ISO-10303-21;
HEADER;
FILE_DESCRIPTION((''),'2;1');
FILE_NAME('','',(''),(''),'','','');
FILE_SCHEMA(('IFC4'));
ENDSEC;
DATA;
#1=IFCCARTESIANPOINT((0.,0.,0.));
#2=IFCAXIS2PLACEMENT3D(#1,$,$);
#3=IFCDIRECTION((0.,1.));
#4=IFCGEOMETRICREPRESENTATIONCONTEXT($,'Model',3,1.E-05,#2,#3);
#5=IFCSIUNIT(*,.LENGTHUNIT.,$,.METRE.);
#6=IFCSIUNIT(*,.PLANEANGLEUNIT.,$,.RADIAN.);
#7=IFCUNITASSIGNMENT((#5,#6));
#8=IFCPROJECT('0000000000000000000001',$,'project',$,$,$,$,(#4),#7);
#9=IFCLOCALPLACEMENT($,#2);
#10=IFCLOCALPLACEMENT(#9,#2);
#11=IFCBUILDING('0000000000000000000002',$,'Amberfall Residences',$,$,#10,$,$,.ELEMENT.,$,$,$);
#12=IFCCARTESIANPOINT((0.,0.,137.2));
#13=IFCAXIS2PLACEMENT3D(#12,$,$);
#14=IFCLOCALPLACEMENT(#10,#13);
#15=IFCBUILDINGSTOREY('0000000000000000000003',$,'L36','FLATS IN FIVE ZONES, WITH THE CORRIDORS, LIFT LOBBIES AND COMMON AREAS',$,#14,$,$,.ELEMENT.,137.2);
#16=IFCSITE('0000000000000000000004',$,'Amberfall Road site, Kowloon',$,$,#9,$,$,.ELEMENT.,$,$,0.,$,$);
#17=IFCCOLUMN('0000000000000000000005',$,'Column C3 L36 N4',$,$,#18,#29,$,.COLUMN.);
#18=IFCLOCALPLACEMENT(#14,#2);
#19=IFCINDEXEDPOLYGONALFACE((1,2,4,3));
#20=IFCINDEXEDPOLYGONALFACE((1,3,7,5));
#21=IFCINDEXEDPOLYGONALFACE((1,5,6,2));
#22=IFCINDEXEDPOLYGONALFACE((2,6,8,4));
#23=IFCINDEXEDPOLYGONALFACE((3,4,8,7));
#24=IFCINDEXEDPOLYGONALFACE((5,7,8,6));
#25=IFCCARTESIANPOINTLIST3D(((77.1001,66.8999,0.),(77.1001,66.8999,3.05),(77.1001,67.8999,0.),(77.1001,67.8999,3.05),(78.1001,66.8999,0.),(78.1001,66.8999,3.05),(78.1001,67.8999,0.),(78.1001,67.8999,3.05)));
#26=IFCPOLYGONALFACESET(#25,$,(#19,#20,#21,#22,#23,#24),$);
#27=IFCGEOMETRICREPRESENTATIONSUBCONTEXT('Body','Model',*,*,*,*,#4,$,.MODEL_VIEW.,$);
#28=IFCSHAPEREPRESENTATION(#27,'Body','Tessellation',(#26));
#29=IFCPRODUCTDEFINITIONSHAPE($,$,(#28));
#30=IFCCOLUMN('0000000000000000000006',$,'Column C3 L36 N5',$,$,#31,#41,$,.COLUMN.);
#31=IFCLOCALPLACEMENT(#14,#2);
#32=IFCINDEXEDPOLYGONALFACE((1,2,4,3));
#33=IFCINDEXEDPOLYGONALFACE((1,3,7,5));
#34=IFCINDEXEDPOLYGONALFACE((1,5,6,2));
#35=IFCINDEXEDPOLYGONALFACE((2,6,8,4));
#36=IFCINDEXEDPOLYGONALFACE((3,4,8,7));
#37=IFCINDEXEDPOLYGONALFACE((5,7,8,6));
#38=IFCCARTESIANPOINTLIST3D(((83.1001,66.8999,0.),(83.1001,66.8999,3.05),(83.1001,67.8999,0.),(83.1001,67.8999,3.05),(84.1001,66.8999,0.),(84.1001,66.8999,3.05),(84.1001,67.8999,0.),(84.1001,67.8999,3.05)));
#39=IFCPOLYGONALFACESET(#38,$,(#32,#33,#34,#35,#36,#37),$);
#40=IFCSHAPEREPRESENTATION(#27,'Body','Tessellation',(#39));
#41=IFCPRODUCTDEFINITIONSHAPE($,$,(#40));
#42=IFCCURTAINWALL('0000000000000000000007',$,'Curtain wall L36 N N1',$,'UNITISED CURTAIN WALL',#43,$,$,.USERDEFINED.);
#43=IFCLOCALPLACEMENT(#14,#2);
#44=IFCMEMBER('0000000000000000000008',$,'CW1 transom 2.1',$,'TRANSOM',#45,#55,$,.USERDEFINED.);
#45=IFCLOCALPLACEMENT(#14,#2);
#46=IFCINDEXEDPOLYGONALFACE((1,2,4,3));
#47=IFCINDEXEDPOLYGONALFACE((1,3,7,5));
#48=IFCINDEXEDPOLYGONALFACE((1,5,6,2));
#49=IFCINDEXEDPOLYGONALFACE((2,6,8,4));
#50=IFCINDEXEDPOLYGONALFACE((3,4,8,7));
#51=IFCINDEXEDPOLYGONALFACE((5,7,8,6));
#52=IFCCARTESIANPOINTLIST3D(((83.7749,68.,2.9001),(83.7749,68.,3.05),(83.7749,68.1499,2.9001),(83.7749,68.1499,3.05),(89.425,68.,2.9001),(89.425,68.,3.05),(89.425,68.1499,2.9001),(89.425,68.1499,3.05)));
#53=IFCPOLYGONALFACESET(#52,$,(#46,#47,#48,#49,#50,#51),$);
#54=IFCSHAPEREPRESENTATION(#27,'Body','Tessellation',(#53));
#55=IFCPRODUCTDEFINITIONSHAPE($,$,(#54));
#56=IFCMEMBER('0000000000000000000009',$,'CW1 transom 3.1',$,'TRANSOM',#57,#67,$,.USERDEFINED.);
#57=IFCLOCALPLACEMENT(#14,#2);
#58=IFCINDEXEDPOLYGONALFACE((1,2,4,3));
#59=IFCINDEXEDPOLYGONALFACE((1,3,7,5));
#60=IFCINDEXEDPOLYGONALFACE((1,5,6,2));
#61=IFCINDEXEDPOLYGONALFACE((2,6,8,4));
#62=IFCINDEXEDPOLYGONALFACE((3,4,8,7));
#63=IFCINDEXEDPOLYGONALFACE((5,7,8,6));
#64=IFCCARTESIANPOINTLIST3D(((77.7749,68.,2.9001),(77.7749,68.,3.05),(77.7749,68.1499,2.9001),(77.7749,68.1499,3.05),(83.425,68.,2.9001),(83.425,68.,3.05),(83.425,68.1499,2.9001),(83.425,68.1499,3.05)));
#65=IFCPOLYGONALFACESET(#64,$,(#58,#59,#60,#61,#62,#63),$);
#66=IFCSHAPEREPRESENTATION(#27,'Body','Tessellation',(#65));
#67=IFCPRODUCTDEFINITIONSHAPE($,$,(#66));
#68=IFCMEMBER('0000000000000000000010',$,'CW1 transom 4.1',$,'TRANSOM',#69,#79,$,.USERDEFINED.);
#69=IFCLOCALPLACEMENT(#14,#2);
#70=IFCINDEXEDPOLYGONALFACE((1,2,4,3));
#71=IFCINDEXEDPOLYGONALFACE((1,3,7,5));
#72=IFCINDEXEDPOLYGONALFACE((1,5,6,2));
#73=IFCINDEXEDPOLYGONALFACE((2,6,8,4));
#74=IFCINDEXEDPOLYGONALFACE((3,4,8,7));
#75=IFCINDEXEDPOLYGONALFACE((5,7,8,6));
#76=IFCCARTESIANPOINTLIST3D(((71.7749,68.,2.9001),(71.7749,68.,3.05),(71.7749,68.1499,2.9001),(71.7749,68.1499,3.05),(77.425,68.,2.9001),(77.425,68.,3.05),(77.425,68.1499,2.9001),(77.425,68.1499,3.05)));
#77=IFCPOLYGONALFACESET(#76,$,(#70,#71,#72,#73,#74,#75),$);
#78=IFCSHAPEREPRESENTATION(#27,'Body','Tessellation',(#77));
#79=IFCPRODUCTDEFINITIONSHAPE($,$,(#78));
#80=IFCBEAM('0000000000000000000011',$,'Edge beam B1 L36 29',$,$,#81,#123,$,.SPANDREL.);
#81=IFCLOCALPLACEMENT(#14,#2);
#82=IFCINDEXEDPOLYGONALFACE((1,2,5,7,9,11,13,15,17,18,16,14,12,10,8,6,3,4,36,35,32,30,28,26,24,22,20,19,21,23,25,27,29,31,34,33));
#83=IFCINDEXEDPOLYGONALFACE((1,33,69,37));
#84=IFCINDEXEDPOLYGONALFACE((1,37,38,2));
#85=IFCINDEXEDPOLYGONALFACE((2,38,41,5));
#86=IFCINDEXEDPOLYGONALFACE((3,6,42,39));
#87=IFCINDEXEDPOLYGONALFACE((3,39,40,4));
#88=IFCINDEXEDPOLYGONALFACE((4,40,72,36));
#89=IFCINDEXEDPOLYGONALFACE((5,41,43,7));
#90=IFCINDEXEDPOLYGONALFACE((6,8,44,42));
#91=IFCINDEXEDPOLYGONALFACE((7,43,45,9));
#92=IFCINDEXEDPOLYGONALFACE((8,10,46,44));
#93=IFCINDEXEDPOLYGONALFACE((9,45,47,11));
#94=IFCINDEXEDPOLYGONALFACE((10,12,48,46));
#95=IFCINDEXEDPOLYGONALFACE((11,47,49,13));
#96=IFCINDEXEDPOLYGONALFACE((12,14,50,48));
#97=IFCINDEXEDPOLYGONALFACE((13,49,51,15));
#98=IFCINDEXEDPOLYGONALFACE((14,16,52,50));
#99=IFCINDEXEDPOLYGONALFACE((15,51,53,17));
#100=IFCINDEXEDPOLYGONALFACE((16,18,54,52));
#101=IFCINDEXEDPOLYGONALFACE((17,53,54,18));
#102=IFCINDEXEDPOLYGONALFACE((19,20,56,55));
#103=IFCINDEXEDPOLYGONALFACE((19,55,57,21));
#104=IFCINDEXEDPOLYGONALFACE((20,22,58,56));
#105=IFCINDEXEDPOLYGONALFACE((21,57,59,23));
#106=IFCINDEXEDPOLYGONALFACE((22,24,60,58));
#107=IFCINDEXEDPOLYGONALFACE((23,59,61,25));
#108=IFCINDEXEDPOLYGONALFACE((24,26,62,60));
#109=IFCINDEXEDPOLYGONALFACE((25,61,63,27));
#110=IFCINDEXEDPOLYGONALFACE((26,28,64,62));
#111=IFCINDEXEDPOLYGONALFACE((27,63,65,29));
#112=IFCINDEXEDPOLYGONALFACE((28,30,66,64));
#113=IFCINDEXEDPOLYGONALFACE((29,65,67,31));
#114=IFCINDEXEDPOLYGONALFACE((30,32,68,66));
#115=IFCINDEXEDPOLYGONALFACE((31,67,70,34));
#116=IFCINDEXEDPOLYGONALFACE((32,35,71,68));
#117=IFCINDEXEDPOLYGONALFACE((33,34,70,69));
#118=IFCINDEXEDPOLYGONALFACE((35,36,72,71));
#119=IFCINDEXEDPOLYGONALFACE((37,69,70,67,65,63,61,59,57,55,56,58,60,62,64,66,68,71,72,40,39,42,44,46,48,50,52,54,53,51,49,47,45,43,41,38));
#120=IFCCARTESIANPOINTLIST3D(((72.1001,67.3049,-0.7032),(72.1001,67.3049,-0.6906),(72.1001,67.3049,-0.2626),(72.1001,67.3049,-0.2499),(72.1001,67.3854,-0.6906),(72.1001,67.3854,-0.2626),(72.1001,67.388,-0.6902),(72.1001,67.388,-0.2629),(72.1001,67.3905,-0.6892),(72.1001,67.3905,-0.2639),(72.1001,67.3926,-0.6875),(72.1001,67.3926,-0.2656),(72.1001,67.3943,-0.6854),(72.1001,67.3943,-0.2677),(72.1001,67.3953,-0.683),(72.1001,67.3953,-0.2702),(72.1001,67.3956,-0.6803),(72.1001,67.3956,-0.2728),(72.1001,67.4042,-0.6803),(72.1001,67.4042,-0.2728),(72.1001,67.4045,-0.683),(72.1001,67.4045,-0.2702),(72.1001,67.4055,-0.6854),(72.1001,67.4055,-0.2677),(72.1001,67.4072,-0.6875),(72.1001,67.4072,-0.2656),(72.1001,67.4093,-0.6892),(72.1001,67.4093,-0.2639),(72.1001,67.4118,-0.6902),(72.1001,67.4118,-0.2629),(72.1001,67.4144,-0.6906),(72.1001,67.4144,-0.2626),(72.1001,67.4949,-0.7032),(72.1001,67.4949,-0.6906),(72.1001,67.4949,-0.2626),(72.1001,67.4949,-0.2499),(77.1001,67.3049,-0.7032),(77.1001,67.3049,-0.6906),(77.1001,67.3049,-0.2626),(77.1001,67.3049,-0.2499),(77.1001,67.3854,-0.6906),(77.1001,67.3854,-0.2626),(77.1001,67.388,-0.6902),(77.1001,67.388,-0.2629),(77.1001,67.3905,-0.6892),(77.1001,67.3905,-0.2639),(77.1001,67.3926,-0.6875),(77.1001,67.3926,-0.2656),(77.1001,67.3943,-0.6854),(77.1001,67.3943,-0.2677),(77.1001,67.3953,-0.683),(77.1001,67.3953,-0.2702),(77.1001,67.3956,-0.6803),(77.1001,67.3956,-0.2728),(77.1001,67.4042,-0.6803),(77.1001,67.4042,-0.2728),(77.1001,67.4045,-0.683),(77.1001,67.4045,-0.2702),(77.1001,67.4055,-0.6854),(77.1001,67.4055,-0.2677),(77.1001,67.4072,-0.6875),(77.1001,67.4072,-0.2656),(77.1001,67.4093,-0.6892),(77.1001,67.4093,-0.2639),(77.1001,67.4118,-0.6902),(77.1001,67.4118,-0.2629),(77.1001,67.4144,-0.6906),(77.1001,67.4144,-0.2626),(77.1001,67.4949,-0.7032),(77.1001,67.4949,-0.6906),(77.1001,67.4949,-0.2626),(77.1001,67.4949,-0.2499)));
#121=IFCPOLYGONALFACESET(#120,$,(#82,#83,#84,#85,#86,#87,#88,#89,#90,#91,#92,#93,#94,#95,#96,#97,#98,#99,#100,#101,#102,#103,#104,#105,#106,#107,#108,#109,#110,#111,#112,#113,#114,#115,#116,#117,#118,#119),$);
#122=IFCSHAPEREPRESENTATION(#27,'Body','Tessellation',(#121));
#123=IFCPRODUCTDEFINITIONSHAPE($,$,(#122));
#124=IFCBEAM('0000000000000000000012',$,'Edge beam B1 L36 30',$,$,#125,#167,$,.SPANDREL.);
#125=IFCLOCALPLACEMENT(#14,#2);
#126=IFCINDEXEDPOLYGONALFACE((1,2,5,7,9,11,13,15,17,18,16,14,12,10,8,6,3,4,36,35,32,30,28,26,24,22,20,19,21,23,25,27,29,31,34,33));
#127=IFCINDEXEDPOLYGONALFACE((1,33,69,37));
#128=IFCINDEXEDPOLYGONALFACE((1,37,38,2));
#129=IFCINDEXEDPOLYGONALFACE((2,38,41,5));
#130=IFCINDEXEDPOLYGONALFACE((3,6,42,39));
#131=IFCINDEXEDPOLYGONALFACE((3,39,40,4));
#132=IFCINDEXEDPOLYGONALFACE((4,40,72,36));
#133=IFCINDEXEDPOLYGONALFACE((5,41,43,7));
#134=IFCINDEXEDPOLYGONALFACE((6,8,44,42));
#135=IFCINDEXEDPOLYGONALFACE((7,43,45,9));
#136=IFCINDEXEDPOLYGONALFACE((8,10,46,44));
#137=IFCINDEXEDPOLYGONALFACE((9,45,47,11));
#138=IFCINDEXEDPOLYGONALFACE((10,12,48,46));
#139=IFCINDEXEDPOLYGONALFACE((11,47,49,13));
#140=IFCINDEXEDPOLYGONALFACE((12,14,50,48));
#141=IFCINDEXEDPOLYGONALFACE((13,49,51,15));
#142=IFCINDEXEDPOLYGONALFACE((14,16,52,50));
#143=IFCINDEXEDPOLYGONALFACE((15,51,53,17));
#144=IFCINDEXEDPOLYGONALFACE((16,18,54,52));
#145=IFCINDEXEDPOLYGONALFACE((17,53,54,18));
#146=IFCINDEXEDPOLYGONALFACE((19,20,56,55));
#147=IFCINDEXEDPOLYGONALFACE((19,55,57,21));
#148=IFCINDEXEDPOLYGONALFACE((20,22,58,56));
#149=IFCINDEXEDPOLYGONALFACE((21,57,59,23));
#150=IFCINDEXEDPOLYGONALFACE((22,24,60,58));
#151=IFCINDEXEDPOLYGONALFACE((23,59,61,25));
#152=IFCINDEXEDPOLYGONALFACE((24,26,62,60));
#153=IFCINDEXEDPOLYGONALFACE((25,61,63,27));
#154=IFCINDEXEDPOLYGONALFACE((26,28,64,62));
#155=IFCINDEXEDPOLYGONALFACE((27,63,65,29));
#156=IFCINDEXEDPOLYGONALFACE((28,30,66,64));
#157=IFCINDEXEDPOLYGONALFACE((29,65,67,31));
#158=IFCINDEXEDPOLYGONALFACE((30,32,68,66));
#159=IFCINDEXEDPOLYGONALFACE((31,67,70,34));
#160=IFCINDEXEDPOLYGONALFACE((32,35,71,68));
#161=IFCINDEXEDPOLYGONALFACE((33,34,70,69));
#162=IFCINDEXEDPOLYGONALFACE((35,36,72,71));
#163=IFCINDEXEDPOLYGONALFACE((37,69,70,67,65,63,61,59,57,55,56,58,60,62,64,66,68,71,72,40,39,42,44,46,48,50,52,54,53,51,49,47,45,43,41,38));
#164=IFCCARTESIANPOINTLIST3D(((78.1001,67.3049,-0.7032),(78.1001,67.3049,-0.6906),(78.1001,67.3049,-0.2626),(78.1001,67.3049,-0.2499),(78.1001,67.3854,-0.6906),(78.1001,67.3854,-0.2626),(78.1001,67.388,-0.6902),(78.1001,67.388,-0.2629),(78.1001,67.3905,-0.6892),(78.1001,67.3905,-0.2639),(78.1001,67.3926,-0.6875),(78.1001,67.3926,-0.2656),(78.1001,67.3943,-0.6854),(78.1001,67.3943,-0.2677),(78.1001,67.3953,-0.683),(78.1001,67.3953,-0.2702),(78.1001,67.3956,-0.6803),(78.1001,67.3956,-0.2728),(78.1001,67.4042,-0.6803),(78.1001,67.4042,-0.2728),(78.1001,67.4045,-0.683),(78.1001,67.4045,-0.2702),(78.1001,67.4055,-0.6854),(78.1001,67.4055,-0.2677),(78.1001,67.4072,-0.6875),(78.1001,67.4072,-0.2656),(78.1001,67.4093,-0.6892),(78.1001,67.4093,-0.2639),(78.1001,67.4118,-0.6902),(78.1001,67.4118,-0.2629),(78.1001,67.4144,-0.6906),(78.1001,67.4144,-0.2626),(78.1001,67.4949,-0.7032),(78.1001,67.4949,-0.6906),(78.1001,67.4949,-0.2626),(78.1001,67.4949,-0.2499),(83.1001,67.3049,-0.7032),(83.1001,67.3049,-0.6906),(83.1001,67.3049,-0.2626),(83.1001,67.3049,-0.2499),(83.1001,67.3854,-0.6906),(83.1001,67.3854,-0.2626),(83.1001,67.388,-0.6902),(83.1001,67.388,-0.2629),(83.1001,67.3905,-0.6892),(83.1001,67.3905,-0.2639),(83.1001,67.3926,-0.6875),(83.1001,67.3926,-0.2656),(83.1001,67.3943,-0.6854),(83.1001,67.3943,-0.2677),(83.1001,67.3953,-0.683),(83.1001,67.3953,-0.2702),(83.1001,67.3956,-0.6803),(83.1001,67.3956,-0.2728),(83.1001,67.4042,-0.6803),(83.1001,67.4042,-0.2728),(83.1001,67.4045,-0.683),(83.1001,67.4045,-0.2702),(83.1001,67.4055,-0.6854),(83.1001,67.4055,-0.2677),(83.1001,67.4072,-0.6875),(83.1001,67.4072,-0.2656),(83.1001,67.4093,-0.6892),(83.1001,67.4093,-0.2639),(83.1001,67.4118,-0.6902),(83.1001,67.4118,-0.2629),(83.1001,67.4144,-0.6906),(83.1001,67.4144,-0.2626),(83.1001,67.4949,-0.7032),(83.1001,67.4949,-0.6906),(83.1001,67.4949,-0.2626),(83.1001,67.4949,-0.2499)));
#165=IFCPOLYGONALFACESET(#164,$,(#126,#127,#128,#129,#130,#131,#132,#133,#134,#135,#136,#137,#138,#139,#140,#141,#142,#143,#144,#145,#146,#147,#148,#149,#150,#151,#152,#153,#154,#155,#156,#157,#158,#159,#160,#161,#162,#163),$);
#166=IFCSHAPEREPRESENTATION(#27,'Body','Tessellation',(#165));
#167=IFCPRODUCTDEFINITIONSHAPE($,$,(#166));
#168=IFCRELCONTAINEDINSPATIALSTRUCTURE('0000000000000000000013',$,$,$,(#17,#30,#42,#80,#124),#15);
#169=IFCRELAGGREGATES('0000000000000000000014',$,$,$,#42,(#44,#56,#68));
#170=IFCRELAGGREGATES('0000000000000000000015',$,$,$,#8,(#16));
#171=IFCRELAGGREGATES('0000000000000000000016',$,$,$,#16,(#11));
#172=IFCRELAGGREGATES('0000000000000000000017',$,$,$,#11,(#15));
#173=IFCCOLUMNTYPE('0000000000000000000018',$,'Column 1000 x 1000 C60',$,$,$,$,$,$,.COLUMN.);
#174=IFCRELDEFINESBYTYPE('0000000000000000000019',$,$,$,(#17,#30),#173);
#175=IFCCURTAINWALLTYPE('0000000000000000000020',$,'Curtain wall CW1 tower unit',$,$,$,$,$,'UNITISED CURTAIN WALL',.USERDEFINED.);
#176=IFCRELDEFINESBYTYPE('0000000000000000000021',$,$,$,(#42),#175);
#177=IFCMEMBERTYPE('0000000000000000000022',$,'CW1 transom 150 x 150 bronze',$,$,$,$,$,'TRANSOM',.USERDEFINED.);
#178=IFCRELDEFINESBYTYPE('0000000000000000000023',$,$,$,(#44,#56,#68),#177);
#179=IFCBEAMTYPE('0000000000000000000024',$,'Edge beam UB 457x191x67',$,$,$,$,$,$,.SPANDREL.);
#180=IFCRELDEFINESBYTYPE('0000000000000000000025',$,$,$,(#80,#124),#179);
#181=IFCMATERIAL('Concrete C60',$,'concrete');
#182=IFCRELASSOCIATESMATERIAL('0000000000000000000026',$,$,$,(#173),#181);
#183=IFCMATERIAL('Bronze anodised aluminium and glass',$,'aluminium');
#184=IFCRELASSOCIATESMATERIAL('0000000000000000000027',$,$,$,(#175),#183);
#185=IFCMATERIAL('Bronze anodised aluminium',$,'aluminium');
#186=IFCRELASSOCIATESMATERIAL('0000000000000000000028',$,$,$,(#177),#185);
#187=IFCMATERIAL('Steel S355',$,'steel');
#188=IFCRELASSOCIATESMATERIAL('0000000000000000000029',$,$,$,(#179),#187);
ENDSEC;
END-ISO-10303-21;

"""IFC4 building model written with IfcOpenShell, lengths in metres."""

from ifc_helpers import new_model, si_unit, direction, frame, origin, origin_2d, place, context, subcontext, project, spatial, rectangle, i_section, extrude, material, material_profile, profile_set, type_object, element, aggregate, save


model = new_model("IFC4")

# Units and contexts
model_context = context("Model", 3, precision=1e-05, world=origin(), true_north=direction((0.0, 1.0)))
body_context = subcontext(model_context, "Body", "Model", "MODEL_VIEW")
ifc_project = project(units=[si_unit("LENGTHUNIT", "METRE"), si_unit("PLANEANGLEUNIT", "RADIAN")], contexts=[model_context])

# Site, building, storey
site_placement = place(None, origin())
site = spatial("IfcSite", under=ifc_project, at=site_placement, Name="Amberfall Road site, Kowloon", CompositionType="ELEMENT", RefElevation=0.0)
building_placement = place(site_placement, origin())
building = spatial("IfcBuilding", under=site, at=building_placement, Name="Amberfall Residences", CompositionType="ELEMENT")
storey_placement = place(building_placement, frame((0.0, 0.0, 137.2)))
storey = spatial("IfcBuildingStorey", under=building, at=storey_placement, Name="L36", Description="FLATS IN FIVE ZONES, WITH THE CORRIDORS, LIFT LOBBIES AND COMMON AREAS", CompositionType="ELEMENT", Elevation=137.2)

# Columns
ifc_material_1 = material(Name="Concrete C60", Category="concrete")
ifc_material_profile_1 = material_profile(ifc_material_1, rectangle(XDim=1.0, YDim=1.0, at=origin_2d()), Name="Column 1000 x 1000 C60")
ifc_profile_set_1 = profile_set([ifc_material_profile_1], Name="Concrete C60")
column_type = type_object("IfcColumnType", Name="Column 1000 x 1000 C60", PredefinedType="COLUMN", material=ifc_profile_set_1)
for number, where, z_axis, x_axis, name in (
    (1, (77.6001, 67.3999, 0.0), (0.0, 0.0, 1.0), (1.0, 0.0, 0.0), "Column C3 L36 N4"),
    (2, (83.6001, 67.3999, 0.0), (0.0, 0.0, 1.0), (1.0, 0.0, 0.0), "Column C3 L36 N5"),
):
    element("IfcColumn", number, at=place(storey_placement, frame(where, z_axis=z_axis, x_axis=x_axis)), inside=storey, type_object=column_type, Name=name, PredefinedType="COLUMN", context=body_context, shape_type="SweptSolid", body=[
        extrude(rectangle(XDim=1.0, YDim=1.0, at=origin_2d()), origin(), (0.0, 0.0, 1.0), 3.05),
    ])

# Curtain wall, members
ifc_material_2 = material(Name="Bronze anodised aluminium and glass", Category="aluminium")
curtain_wall_type = type_object("IfcCurtainWallType", Name="Curtain wall CW1 tower unit", ElementType="UNITISED CURTAIN WALL", PredefinedType="USERDEFINED", material=ifc_material_2)
curtain_wall_placement = place(storey_placement, origin())
curtain_wall = element("IfcCurtainWall", 3, at=curtain_wall_placement, inside=storey, type_object=curtain_wall_type, Name="Curtain wall L36 N N1", ObjectType="UNITISED CURTAIN WALL", PredefinedType="USERDEFINED")
ifc_material_3 = material(Name="Bronze anodised aluminium", Category="aluminium")
ifc_material_profile_2 = material_profile(ifc_material_3, rectangle(XDim=0.1499, YDim=0.1499, at=origin_2d()), Name="CW1 transom 150 x 150 bronze")
ifc_profile_set_2 = profile_set([ifc_material_profile_2], Name="Bronze anodised aluminium")
member_type_1 = type_object("IfcMemberType", Name="CW1 transom 150 x 150 bronze", ElementType="TRANSOM", PredefinedType="USERDEFINED", material=ifc_profile_set_2)
member_1_placement = place(storey_placement, frame((89.425, 68.075, 2.9751), z_axis=(-1.0, 0.0, 0.0), x_axis=(0.0, -1.0, 0.0)))
member_1 = element("IfcMember", 4, at=member_1_placement, type_object=member_type_1, Name="CW1 transom 2.1", ObjectType="TRANSOM", PredefinedType="USERDEFINED", context=body_context, shape_type="SweptSolid", body=[
    extrude(rectangle(XDim=0.1499, YDim=0.1499, at=origin_2d()), origin(), (0.0, 0.0, 1.0), 5.6501),
])
member_2_placement = place(storey_placement, frame((83.425, 68.075, 2.9751), z_axis=(-1.0, 0.0, 0.0), x_axis=(0.0, -1.0, 0.0)))
member_2 = element("IfcMember", 5, at=member_2_placement, type_object=member_type_1, Name="CW1 transom 3.1", ObjectType="TRANSOM", PredefinedType="USERDEFINED", context=body_context, shape_type="SweptSolid", body=[
    extrude(rectangle(XDim=0.1499, YDim=0.1499, at=origin_2d()), origin(), (0.0, 0.0, 1.0), 5.6501),
])
member_3_placement = place(storey_placement, frame((77.425, 68.075, 2.9751), z_axis=(-1.0, 0.0, 0.0), x_axis=(0.0, -1.0, 0.0)))
member_3 = element("IfcMember", 6, at=member_3_placement, type_object=member_type_1, Name="CW1 transom 4.1", ObjectType="TRANSOM", PredefinedType="USERDEFINED", context=body_context, shape_type="SweptSolid", body=[
    extrude(rectangle(XDim=0.1499, YDim=0.1499, at=origin_2d()), origin(), (0.0, 0.0, 1.0), 5.6501),
])

# Beams
ifc_material_4 = material(Name="Steel S355", Category="steel")
ifc_material_profile_3 = material_profile(ifc_material_4, i_section(OverallWidth=0.1899, OverallDepth=0.4534, WebThickness=0.0085, FlangeThickness=0.0127, FilletRadius=0.0103, at=origin_2d()), Name="UB 457x191x67")
ifc_profile_set_3 = profile_set([ifc_material_profile_3], Name="Steel S355")
beam_type_1 = type_object("IfcBeamType", Name="Edge beam UB 457x191x67", PredefinedType="SPANDREL", material=ifc_profile_set_3)
for number, where, z_axis, x_axis, name in (
    (7, (72.1001, 67.3999, -0.4766), (1.0, 0.0, 0.0), (0.0, 1.0, 0.0), "Edge beam B1 L36 29"),
    (8, (78.1001, 67.3999, -0.4766), (1.0, 0.0, 0.0), (0.0, 1.0, 0.0), "Edge beam B1 L36 30"),
):
    element("IfcBeam", number, at=place(storey_placement, frame(where, z_axis=z_axis, x_axis=x_axis)), inside=storey, type_object=beam_type_1, Name=name, PredefinedType="SPANDREL", context=body_context, shape_type="SweptSolid", body=[
        extrude(i_section(OverallWidth=0.1899, OverallDepth=0.4534, WebThickness=0.0085, FlangeThickness=0.0127, FilletRadius=0.0103, at=origin_2d()), origin(), (0.0, 0.0, 1.0), 5.0),
    ])

aggregate(curtain_wall, [member_1, member_2, member_3])

save(model, "model.ifc")
